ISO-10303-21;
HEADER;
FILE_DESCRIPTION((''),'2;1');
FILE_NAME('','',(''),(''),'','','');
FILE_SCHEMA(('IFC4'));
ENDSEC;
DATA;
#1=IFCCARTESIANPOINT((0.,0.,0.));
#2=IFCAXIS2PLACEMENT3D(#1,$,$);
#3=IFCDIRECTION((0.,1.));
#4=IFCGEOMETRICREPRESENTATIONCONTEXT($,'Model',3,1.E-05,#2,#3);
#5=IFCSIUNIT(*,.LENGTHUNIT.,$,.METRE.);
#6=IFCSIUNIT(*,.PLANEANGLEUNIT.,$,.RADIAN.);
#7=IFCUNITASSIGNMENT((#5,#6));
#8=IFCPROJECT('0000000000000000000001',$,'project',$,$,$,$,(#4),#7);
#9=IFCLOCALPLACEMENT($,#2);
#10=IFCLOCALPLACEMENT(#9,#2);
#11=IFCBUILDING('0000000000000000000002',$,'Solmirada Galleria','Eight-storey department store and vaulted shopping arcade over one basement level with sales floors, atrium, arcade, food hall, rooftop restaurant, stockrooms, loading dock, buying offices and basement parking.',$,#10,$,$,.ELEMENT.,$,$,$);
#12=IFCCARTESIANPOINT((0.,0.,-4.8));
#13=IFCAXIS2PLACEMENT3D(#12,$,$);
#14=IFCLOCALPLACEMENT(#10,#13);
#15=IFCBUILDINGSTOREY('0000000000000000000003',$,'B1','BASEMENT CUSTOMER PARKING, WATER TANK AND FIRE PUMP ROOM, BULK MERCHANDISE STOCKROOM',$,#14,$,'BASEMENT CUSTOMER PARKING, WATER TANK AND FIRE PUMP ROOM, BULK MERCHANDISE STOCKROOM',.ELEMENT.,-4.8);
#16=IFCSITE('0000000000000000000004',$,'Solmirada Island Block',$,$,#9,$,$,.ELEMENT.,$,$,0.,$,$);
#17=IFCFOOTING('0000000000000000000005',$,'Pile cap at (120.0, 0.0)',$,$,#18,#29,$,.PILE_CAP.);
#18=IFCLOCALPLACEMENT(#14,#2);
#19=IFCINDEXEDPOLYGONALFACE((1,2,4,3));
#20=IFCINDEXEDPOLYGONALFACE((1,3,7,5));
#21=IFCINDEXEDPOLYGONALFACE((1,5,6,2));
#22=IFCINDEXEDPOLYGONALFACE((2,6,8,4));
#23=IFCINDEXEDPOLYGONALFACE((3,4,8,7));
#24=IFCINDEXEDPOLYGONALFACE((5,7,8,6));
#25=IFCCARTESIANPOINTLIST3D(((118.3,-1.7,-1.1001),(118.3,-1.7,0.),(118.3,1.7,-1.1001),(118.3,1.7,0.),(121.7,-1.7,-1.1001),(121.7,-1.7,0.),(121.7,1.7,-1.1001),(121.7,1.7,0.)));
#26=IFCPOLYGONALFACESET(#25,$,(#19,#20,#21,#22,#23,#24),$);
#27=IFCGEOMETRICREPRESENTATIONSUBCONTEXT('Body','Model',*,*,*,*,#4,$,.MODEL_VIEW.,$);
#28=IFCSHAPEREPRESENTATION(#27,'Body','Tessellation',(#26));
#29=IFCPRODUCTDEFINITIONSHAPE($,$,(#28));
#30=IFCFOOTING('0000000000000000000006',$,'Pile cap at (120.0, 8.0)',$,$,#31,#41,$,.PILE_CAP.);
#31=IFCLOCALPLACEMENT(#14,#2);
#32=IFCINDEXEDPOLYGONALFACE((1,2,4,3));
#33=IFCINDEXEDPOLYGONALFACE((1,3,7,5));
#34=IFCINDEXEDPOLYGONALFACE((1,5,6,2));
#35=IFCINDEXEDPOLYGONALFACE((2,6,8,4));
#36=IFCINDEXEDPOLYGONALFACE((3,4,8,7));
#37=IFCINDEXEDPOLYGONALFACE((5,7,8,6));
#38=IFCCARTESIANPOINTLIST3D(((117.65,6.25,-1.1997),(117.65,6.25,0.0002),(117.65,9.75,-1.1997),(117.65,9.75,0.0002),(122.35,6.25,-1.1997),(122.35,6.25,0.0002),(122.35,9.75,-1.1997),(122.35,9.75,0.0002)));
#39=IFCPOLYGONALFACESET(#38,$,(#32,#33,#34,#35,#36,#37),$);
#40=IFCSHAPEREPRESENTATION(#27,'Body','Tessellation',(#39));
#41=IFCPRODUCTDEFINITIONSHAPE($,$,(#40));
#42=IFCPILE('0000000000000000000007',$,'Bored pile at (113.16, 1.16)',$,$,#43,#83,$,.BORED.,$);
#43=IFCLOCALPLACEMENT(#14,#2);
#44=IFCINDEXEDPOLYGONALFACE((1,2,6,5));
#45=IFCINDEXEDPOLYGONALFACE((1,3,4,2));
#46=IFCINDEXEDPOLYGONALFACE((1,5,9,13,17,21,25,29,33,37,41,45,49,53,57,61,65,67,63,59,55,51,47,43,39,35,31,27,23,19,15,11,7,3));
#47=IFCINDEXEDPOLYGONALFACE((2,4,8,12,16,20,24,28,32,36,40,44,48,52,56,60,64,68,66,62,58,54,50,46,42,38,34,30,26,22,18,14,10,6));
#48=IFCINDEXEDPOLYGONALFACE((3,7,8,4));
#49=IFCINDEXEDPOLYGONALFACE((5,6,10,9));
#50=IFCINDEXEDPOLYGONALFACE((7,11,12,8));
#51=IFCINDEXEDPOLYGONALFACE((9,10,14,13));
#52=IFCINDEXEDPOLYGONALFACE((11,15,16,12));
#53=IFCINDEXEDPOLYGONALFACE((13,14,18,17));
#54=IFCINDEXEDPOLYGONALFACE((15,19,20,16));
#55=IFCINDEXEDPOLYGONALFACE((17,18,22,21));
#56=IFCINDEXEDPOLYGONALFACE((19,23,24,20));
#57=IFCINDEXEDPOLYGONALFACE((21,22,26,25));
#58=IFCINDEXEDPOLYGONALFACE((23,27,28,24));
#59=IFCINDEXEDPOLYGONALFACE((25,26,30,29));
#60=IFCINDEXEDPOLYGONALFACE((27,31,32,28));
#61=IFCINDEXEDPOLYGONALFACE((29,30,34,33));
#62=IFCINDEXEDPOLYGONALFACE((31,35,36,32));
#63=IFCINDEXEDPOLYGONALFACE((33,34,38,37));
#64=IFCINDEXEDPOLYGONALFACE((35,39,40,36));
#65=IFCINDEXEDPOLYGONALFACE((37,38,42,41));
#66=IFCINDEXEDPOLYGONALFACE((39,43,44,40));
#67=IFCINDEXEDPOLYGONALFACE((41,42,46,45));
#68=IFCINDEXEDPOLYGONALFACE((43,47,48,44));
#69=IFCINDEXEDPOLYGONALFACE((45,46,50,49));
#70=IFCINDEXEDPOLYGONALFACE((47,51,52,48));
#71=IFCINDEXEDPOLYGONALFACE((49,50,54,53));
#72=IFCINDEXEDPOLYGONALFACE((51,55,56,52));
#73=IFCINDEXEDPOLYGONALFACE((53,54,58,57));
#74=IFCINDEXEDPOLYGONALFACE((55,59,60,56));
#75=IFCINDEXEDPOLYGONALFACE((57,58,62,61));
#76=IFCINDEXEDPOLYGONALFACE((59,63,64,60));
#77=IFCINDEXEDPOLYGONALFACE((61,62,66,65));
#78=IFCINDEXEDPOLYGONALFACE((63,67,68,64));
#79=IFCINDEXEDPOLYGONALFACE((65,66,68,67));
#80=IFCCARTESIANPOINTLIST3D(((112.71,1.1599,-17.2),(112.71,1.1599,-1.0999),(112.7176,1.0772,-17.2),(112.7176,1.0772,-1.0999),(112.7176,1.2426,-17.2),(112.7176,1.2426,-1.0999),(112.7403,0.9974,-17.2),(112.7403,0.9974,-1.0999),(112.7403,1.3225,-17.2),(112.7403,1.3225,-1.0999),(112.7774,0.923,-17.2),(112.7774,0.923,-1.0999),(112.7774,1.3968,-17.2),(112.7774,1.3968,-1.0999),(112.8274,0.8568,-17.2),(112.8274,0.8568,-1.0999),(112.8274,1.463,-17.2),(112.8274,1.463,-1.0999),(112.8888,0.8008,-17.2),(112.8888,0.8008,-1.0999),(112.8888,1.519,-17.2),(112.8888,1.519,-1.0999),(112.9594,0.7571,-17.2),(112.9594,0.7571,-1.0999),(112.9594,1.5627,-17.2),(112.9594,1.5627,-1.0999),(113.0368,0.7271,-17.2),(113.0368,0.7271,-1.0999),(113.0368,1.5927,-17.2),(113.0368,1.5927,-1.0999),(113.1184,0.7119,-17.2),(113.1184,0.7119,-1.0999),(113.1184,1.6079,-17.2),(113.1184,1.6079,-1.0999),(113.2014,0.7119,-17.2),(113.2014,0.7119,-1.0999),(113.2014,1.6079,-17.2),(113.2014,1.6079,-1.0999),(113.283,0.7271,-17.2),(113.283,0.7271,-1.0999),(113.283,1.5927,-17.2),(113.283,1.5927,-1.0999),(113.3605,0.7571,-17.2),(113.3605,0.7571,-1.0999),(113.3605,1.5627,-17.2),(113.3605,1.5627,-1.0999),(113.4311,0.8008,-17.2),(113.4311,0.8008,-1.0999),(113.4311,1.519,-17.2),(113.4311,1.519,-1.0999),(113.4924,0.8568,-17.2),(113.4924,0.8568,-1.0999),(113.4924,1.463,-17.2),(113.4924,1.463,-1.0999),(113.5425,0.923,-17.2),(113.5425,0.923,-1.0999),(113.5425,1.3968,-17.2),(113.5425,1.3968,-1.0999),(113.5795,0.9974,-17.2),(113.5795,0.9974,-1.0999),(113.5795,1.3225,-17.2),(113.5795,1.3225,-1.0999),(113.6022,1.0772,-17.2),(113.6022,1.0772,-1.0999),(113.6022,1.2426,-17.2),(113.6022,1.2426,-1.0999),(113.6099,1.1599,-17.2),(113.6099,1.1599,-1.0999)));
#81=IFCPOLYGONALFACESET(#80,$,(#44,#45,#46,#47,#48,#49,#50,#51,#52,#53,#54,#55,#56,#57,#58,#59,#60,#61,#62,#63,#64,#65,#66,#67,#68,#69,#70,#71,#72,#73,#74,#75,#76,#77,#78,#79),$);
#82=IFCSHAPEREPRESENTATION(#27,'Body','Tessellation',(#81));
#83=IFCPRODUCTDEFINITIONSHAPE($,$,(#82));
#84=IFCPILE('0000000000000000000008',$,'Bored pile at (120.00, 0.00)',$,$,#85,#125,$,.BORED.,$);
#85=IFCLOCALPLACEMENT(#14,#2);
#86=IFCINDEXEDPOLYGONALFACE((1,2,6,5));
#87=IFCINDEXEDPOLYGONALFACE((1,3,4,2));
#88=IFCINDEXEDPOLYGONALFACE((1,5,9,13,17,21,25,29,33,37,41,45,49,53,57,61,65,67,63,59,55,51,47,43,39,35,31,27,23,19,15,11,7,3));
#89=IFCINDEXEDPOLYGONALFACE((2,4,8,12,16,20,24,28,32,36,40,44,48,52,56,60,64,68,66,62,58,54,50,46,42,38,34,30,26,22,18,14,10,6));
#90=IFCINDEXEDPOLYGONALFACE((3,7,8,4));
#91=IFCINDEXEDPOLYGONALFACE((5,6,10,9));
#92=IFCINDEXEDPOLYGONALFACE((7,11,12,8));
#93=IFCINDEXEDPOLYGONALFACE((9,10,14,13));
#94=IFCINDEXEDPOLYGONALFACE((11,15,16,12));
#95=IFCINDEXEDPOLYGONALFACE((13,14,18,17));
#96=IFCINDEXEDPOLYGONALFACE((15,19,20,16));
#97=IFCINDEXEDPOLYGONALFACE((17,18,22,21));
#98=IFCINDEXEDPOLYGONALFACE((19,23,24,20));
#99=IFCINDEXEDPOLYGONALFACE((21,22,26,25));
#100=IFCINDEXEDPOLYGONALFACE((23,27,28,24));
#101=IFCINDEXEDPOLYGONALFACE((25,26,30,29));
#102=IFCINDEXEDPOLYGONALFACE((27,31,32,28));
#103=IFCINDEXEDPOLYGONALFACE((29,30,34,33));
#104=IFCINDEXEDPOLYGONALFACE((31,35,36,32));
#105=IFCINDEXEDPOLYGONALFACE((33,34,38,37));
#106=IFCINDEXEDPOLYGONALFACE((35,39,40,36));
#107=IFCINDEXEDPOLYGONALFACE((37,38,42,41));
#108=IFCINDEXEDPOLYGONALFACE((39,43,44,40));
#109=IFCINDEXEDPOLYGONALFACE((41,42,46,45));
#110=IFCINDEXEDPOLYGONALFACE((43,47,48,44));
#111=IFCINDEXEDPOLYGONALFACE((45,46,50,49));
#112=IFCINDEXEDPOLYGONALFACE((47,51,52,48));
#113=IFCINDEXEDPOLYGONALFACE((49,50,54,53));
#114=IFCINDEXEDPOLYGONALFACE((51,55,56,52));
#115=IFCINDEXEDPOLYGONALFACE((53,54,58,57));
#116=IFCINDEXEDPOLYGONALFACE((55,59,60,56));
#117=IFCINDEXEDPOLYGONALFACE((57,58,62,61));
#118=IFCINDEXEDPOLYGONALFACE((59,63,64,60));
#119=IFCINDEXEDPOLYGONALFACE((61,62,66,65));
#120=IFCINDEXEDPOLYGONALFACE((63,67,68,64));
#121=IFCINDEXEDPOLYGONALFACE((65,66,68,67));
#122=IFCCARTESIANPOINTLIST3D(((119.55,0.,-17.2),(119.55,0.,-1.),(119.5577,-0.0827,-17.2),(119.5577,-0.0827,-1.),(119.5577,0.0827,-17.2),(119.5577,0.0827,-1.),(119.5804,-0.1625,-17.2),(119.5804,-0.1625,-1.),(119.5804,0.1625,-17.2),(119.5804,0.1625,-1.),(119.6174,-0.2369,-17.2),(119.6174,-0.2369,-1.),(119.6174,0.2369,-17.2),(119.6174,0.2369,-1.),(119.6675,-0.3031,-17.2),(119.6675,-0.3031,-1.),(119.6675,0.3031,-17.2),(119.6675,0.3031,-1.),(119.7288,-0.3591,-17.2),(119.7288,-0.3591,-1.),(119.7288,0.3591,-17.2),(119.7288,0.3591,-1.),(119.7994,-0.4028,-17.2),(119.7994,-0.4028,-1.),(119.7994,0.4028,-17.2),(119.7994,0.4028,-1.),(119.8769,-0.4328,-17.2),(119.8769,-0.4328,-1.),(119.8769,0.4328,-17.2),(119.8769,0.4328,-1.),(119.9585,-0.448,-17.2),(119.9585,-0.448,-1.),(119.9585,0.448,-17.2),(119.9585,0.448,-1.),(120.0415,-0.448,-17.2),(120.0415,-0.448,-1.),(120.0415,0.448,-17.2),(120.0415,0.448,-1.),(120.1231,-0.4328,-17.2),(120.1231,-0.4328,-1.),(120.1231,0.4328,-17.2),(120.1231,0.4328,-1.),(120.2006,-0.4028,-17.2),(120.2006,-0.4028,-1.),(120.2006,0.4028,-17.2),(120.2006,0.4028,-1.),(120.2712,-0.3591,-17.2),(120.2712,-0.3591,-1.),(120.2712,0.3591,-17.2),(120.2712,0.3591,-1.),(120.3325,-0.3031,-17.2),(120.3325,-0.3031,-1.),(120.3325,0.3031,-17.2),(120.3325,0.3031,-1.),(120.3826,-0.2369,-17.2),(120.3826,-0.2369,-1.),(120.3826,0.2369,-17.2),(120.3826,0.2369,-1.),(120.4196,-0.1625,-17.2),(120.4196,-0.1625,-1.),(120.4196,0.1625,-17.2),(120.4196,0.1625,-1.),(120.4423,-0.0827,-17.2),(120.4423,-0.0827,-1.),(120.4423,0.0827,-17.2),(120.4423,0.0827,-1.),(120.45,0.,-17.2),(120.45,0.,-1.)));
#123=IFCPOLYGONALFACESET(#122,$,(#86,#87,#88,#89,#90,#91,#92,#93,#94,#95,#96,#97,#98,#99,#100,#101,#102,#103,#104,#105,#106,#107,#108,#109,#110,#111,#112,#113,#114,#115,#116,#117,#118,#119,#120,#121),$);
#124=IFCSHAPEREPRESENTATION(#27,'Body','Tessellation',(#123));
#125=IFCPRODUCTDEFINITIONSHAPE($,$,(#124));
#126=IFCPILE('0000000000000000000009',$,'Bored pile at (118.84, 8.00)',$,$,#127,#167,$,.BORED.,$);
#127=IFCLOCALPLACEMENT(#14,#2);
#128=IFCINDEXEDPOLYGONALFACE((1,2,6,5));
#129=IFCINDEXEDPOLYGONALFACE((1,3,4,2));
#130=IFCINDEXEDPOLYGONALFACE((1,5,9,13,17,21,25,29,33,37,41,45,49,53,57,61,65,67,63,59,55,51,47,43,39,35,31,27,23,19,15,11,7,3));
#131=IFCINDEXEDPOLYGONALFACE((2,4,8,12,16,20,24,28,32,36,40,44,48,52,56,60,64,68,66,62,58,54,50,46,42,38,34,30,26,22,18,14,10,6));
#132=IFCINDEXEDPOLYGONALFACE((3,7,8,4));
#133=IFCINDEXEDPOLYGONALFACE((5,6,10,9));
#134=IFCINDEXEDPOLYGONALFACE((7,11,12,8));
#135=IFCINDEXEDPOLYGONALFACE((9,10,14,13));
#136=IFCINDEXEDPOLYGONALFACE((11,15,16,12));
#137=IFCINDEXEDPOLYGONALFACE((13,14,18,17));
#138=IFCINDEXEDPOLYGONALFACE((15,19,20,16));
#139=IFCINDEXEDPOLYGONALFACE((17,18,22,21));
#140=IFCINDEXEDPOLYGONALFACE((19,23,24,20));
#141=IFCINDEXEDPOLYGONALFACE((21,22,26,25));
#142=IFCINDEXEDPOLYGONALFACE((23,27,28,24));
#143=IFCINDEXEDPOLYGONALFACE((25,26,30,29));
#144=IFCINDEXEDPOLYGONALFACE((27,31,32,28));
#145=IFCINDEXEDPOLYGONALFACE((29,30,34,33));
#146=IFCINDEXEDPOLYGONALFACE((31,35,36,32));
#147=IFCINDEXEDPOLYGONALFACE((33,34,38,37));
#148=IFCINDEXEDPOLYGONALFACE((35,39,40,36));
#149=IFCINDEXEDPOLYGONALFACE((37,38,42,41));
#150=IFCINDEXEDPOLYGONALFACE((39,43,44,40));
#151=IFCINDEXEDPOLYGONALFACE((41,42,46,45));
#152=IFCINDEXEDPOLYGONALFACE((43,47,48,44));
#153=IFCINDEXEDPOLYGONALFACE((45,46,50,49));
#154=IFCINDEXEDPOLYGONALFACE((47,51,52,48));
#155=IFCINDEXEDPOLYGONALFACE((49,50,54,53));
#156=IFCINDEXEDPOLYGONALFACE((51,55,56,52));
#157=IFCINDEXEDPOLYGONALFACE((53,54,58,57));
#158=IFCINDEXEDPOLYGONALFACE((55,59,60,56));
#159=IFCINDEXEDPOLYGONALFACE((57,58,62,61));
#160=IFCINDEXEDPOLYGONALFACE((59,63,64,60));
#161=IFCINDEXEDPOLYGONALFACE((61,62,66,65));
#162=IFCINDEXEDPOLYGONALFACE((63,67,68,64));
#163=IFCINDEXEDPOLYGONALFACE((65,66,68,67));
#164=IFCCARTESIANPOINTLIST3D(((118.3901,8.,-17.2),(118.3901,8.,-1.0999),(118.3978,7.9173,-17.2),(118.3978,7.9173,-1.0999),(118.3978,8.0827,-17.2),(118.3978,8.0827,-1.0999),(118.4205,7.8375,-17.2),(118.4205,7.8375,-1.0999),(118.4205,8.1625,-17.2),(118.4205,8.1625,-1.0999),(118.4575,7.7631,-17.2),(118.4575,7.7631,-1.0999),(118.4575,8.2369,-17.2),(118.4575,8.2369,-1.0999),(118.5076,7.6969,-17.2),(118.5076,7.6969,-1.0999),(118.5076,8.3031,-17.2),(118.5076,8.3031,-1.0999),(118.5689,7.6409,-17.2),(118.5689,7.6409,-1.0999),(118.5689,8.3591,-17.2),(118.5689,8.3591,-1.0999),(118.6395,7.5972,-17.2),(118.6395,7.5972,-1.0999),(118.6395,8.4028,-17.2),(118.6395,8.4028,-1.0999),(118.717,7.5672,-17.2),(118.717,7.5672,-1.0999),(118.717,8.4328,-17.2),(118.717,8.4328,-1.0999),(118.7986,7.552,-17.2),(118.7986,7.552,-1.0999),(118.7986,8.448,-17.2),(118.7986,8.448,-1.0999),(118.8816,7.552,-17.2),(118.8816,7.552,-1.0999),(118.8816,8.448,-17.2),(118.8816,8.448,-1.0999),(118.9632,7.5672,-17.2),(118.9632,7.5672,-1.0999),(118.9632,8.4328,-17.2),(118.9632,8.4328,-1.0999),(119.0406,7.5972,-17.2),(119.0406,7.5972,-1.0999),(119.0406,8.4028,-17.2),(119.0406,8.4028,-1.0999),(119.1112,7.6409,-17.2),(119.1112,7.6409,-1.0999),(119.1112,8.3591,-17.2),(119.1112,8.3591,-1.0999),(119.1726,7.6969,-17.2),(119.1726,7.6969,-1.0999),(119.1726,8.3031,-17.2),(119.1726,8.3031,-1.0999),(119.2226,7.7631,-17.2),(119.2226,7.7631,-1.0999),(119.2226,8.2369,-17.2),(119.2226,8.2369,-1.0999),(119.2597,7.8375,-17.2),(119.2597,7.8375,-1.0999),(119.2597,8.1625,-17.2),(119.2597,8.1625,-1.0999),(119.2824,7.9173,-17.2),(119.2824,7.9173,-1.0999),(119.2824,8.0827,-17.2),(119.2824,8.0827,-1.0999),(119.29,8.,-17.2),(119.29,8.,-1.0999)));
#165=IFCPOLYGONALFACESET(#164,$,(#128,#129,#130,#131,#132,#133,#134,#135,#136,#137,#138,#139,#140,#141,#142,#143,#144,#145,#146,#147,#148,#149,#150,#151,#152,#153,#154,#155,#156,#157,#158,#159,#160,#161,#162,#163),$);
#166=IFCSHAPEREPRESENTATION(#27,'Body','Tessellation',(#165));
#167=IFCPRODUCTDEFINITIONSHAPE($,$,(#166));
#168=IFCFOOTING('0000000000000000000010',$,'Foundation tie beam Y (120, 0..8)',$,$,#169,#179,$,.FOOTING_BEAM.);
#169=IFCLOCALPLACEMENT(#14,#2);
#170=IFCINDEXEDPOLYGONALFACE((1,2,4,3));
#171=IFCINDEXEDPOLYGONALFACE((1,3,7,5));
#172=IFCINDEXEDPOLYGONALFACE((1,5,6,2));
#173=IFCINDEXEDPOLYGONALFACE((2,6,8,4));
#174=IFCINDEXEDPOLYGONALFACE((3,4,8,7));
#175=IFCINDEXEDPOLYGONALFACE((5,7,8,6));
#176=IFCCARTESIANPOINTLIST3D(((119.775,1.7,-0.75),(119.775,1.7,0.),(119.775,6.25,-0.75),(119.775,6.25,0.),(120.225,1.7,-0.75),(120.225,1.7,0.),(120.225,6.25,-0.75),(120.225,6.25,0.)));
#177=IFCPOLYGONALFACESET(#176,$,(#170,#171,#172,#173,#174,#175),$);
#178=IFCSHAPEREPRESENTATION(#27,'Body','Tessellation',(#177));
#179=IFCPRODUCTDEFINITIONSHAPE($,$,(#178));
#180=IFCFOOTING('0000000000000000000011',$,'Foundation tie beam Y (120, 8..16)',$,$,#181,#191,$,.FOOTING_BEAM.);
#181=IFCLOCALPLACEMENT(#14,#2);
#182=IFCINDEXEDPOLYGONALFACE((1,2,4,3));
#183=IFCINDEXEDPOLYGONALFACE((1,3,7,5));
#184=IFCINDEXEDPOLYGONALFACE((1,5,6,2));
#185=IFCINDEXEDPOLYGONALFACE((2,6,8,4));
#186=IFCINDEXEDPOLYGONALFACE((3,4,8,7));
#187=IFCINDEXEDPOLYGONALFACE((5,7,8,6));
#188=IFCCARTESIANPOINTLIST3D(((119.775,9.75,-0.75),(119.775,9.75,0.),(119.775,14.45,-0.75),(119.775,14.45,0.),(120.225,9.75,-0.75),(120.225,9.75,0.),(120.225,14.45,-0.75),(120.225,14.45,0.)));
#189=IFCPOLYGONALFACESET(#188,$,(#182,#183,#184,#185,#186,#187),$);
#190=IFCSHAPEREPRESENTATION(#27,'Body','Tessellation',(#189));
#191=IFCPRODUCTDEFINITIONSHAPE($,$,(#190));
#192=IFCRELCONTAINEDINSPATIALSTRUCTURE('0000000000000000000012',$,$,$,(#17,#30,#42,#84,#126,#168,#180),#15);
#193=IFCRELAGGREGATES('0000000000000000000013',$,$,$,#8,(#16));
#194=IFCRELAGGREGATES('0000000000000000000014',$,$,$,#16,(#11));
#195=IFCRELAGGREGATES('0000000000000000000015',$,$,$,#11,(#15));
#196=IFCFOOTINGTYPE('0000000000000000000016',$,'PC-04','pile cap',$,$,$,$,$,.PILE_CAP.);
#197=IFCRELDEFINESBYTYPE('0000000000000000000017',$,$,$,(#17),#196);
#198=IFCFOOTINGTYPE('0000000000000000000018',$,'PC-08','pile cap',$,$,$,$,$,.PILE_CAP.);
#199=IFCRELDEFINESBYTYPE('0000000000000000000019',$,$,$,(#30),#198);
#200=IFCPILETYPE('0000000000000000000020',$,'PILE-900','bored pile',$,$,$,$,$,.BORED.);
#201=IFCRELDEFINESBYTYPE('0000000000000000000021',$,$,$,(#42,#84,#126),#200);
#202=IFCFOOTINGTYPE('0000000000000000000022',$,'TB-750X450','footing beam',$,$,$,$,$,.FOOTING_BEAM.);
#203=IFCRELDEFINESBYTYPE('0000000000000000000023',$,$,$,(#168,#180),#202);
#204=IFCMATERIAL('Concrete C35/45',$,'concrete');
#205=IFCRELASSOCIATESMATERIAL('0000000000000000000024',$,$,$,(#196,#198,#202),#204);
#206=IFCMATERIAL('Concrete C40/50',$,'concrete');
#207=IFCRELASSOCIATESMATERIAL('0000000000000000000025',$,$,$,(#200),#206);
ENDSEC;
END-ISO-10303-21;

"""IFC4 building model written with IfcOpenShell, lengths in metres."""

from ifc_helpers import new_model, si_unit, direction, frame, origin, origin_2d, place, context, subcontext, project, spatial, rectangle, circle, extrude, material, material_profile, profile_set, type_object, element, save


model = new_model("IFC4")

# Units and contexts
model_context = context("Model", 3, precision=1e-05, world=origin(), true_north=direction((0.0, 1.0)))
body_context = subcontext(model_context, "Body", "Model", "MODEL_VIEW")
ifc_project = project(units=[si_unit("LENGTHUNIT", "METRE"), si_unit("PLANEANGLEUNIT", "RADIAN")], contexts=[model_context])

# Site, building, storey
site_placement = place(None, origin())
site = spatial("IfcSite", under=ifc_project, at=site_placement, Name="Solmirada Island Block", CompositionType="ELEMENT", RefElevation=0.0)
building_placement = place(site_placement, origin())
building = spatial("IfcBuilding", under=site, at=building_placement, Name="Solmirada Galleria", Description="Eight-storey department store and vaulted shopping arcade over one basement level with sales floors, atrium, arcade, food hall, rooftop restaurant, stockrooms, loading dock, buying offices and basement parking.", CompositionType="ELEMENT")
storey_placement = place(building_placement, frame((0.0, 0.0, -4.8)))
storey = spatial("IfcBuildingStorey", under=building, at=storey_placement, Name="B1", Description="BASEMENT CUSTOMER PARKING, WATER TANK AND FIRE PUMP ROOM, BULK MERCHANDISE STOCKROOM", LongName="BASEMENT CUSTOMER PARKING, WATER TANK AND FIRE PUMP ROOM, BULK MERCHANDISE STOCKROOM", CompositionType="ELEMENT", Elevation=-4.8)

# Footings
ifc_material_1 = material(Name="Concrete C35/45", Category="concrete")
footing_type_1 = type_object("IfcFootingType", Name="PC-04", Description="pile cap", PredefinedType="PILE_CAP", material=ifc_material_1)
footing_1_placement = place(storey_placement, frame((120.0, 0.0, -1.1001), z_axis=(0.0, 0.0, 1.0), x_axis=(1.0, 0.0, 0.0)))
element("IfcFooting", 1, at=footing_1_placement, inside=storey, type_object=footing_type_1, Name="Pile cap at (120.0, 0.0)", PredefinedType="PILE_CAP", context=body_context, shape_type="SweptSolid", body=[
    extrude(rectangle(XDim=3.3999, YDim=3.3999, at=origin_2d()), origin(), (0.0, 0.0, 1.0), 1.1001),
])
footing_type_2 = type_object("IfcFootingType", Name="PC-08", Description="pile cap", PredefinedType="PILE_CAP", material=ifc_material_1)
footing_2_placement = place(storey_placement, frame((120.0, 8.0, -1.1997), z_axis=(0.0, 0.0, 1.0), x_axis=(1.0, 0.0, 0.0)))
element("IfcFooting", 2, at=footing_2_placement, inside=storey, type_object=footing_type_2, Name="Pile cap at (120.0, 8.0)", PredefinedType="PILE_CAP", context=body_context, shape_type="SweptSolid", body=[
    extrude(rectangle(XDim=4.7, YDim=3.5, at=origin_2d()), origin(), (0.0, 0.0, 1.0), 1.2),
])

# Piles
ifc_material_2 = material(Name="Concrete C40/50", Category="concrete")
ifc_material_profile_1 = material_profile(ifc_material_2, circle(Radius=0.45, at=origin_2d()), Name="PILE900")
ifc_profile_set_1 = profile_set([ifc_material_profile_1], Name="Concrete C40/50")
pile_type = type_object("IfcPileType", Name="PILE-900", Description="bored pile", PredefinedType="BORED", material=ifc_profile_set_1)
pile_1_placement = place(storey_placement, frame((113.1599, 1.1599, -1.0999), z_axis=(0.0, 0.0, -1.0), x_axis=(1.0, 0.0, 0.0)))
element("IfcPile", 3, at=pile_1_placement, inside=storey, type_object=pile_type, Name="Bored pile at (113.16, 1.16)", PredefinedType="BORED", context=body_context, shape_type="SweptSolid", body=[
    extrude(circle(Radius=0.45, at=origin_2d()), origin(), (0.0, 0.0, 1.0), 16.1001),
])
pile_2_placement = place(storey_placement, frame((120.0, 0.0, -1.0), z_axis=(0.0, 0.0, -1.0), x_axis=(1.0, 0.0, 0.0)))
element("IfcPile", 4, at=pile_2_placement, inside=storey, type_object=pile_type, Name="Bored pile at (120.00, 0.00)", PredefinedType="BORED", context=body_context, shape_type="SweptSolid", body=[
    extrude(circle(Radius=0.45, at=origin_2d()), origin(), (0.0, 0.0, 1.0), 16.2),
])
pile_3_placement = place(storey_placement, frame((118.8401, 8.0, -1.0999), z_axis=(0.0, 0.0, -1.0), x_axis=(1.0, 0.0, 0.0)))
element("IfcPile", 5, at=pile_3_placement, inside=storey, type_object=pile_type, Name="Bored pile at (118.84, 8.00)", PredefinedType="BORED", context=body_context, shape_type="SweptSolid", body=[
    extrude(circle(Radius=0.45, at=origin_2d()), origin(), (0.0, 0.0, 1.0), 16.1001),
])

# Footings
ifc_material_profile_2 = material_profile(ifc_material_1, rectangle(XDim=0.45, YDim=0.75, at=origin_2d()), Name="RC750X450")
ifc_profile_set_2 = profile_set([ifc_material_profile_2], Name="Concrete C35/45")
footing_type_3 = type_object("IfcFootingType", Name="TB-750X450", Description="footing beam", PredefinedType="FOOTING_BEAM", material=ifc_profile_set_2)
footing_3_placement = place(storey_placement, frame((120.0, 1.7, -0.375), z_axis=(0.0, 1.0, 0.0), x_axis=(-1.0, 0.0, 0.0)))
element("IfcFooting", 6, at=footing_3_placement, inside=storey, type_object=footing_type_3, Name="Foundation tie beam Y (120, 0..8)", PredefinedType="FOOTING_BEAM", context=body_context, shape_type="SweptSolid", body=[
    extrude(rectangle(XDim=0.45, YDim=0.75, at=origin_2d()), origin(), (0.0, 0.0, 1.0), 4.55),
])
footing_4_placement = place(storey_placement, frame((120.0, 9.75, -0.375), z_axis=(0.0, 1.0, 0.0), x_axis=(-1.0, 0.0, 0.0)))
element("IfcFooting", 7, at=footing_4_placement, inside=storey, type_object=footing_type_3, Name="Foundation tie beam Y (120, 8..16)", PredefinedType="FOOTING_BEAM", context=body_context, shape_type="SweptSolid", body=[
    extrude(rectangle(XDim=0.45, YDim=0.75, at=origin_2d()), origin(), (0.0, 0.0, 1.0), 4.7),
])

save(model, "model.ifc")
